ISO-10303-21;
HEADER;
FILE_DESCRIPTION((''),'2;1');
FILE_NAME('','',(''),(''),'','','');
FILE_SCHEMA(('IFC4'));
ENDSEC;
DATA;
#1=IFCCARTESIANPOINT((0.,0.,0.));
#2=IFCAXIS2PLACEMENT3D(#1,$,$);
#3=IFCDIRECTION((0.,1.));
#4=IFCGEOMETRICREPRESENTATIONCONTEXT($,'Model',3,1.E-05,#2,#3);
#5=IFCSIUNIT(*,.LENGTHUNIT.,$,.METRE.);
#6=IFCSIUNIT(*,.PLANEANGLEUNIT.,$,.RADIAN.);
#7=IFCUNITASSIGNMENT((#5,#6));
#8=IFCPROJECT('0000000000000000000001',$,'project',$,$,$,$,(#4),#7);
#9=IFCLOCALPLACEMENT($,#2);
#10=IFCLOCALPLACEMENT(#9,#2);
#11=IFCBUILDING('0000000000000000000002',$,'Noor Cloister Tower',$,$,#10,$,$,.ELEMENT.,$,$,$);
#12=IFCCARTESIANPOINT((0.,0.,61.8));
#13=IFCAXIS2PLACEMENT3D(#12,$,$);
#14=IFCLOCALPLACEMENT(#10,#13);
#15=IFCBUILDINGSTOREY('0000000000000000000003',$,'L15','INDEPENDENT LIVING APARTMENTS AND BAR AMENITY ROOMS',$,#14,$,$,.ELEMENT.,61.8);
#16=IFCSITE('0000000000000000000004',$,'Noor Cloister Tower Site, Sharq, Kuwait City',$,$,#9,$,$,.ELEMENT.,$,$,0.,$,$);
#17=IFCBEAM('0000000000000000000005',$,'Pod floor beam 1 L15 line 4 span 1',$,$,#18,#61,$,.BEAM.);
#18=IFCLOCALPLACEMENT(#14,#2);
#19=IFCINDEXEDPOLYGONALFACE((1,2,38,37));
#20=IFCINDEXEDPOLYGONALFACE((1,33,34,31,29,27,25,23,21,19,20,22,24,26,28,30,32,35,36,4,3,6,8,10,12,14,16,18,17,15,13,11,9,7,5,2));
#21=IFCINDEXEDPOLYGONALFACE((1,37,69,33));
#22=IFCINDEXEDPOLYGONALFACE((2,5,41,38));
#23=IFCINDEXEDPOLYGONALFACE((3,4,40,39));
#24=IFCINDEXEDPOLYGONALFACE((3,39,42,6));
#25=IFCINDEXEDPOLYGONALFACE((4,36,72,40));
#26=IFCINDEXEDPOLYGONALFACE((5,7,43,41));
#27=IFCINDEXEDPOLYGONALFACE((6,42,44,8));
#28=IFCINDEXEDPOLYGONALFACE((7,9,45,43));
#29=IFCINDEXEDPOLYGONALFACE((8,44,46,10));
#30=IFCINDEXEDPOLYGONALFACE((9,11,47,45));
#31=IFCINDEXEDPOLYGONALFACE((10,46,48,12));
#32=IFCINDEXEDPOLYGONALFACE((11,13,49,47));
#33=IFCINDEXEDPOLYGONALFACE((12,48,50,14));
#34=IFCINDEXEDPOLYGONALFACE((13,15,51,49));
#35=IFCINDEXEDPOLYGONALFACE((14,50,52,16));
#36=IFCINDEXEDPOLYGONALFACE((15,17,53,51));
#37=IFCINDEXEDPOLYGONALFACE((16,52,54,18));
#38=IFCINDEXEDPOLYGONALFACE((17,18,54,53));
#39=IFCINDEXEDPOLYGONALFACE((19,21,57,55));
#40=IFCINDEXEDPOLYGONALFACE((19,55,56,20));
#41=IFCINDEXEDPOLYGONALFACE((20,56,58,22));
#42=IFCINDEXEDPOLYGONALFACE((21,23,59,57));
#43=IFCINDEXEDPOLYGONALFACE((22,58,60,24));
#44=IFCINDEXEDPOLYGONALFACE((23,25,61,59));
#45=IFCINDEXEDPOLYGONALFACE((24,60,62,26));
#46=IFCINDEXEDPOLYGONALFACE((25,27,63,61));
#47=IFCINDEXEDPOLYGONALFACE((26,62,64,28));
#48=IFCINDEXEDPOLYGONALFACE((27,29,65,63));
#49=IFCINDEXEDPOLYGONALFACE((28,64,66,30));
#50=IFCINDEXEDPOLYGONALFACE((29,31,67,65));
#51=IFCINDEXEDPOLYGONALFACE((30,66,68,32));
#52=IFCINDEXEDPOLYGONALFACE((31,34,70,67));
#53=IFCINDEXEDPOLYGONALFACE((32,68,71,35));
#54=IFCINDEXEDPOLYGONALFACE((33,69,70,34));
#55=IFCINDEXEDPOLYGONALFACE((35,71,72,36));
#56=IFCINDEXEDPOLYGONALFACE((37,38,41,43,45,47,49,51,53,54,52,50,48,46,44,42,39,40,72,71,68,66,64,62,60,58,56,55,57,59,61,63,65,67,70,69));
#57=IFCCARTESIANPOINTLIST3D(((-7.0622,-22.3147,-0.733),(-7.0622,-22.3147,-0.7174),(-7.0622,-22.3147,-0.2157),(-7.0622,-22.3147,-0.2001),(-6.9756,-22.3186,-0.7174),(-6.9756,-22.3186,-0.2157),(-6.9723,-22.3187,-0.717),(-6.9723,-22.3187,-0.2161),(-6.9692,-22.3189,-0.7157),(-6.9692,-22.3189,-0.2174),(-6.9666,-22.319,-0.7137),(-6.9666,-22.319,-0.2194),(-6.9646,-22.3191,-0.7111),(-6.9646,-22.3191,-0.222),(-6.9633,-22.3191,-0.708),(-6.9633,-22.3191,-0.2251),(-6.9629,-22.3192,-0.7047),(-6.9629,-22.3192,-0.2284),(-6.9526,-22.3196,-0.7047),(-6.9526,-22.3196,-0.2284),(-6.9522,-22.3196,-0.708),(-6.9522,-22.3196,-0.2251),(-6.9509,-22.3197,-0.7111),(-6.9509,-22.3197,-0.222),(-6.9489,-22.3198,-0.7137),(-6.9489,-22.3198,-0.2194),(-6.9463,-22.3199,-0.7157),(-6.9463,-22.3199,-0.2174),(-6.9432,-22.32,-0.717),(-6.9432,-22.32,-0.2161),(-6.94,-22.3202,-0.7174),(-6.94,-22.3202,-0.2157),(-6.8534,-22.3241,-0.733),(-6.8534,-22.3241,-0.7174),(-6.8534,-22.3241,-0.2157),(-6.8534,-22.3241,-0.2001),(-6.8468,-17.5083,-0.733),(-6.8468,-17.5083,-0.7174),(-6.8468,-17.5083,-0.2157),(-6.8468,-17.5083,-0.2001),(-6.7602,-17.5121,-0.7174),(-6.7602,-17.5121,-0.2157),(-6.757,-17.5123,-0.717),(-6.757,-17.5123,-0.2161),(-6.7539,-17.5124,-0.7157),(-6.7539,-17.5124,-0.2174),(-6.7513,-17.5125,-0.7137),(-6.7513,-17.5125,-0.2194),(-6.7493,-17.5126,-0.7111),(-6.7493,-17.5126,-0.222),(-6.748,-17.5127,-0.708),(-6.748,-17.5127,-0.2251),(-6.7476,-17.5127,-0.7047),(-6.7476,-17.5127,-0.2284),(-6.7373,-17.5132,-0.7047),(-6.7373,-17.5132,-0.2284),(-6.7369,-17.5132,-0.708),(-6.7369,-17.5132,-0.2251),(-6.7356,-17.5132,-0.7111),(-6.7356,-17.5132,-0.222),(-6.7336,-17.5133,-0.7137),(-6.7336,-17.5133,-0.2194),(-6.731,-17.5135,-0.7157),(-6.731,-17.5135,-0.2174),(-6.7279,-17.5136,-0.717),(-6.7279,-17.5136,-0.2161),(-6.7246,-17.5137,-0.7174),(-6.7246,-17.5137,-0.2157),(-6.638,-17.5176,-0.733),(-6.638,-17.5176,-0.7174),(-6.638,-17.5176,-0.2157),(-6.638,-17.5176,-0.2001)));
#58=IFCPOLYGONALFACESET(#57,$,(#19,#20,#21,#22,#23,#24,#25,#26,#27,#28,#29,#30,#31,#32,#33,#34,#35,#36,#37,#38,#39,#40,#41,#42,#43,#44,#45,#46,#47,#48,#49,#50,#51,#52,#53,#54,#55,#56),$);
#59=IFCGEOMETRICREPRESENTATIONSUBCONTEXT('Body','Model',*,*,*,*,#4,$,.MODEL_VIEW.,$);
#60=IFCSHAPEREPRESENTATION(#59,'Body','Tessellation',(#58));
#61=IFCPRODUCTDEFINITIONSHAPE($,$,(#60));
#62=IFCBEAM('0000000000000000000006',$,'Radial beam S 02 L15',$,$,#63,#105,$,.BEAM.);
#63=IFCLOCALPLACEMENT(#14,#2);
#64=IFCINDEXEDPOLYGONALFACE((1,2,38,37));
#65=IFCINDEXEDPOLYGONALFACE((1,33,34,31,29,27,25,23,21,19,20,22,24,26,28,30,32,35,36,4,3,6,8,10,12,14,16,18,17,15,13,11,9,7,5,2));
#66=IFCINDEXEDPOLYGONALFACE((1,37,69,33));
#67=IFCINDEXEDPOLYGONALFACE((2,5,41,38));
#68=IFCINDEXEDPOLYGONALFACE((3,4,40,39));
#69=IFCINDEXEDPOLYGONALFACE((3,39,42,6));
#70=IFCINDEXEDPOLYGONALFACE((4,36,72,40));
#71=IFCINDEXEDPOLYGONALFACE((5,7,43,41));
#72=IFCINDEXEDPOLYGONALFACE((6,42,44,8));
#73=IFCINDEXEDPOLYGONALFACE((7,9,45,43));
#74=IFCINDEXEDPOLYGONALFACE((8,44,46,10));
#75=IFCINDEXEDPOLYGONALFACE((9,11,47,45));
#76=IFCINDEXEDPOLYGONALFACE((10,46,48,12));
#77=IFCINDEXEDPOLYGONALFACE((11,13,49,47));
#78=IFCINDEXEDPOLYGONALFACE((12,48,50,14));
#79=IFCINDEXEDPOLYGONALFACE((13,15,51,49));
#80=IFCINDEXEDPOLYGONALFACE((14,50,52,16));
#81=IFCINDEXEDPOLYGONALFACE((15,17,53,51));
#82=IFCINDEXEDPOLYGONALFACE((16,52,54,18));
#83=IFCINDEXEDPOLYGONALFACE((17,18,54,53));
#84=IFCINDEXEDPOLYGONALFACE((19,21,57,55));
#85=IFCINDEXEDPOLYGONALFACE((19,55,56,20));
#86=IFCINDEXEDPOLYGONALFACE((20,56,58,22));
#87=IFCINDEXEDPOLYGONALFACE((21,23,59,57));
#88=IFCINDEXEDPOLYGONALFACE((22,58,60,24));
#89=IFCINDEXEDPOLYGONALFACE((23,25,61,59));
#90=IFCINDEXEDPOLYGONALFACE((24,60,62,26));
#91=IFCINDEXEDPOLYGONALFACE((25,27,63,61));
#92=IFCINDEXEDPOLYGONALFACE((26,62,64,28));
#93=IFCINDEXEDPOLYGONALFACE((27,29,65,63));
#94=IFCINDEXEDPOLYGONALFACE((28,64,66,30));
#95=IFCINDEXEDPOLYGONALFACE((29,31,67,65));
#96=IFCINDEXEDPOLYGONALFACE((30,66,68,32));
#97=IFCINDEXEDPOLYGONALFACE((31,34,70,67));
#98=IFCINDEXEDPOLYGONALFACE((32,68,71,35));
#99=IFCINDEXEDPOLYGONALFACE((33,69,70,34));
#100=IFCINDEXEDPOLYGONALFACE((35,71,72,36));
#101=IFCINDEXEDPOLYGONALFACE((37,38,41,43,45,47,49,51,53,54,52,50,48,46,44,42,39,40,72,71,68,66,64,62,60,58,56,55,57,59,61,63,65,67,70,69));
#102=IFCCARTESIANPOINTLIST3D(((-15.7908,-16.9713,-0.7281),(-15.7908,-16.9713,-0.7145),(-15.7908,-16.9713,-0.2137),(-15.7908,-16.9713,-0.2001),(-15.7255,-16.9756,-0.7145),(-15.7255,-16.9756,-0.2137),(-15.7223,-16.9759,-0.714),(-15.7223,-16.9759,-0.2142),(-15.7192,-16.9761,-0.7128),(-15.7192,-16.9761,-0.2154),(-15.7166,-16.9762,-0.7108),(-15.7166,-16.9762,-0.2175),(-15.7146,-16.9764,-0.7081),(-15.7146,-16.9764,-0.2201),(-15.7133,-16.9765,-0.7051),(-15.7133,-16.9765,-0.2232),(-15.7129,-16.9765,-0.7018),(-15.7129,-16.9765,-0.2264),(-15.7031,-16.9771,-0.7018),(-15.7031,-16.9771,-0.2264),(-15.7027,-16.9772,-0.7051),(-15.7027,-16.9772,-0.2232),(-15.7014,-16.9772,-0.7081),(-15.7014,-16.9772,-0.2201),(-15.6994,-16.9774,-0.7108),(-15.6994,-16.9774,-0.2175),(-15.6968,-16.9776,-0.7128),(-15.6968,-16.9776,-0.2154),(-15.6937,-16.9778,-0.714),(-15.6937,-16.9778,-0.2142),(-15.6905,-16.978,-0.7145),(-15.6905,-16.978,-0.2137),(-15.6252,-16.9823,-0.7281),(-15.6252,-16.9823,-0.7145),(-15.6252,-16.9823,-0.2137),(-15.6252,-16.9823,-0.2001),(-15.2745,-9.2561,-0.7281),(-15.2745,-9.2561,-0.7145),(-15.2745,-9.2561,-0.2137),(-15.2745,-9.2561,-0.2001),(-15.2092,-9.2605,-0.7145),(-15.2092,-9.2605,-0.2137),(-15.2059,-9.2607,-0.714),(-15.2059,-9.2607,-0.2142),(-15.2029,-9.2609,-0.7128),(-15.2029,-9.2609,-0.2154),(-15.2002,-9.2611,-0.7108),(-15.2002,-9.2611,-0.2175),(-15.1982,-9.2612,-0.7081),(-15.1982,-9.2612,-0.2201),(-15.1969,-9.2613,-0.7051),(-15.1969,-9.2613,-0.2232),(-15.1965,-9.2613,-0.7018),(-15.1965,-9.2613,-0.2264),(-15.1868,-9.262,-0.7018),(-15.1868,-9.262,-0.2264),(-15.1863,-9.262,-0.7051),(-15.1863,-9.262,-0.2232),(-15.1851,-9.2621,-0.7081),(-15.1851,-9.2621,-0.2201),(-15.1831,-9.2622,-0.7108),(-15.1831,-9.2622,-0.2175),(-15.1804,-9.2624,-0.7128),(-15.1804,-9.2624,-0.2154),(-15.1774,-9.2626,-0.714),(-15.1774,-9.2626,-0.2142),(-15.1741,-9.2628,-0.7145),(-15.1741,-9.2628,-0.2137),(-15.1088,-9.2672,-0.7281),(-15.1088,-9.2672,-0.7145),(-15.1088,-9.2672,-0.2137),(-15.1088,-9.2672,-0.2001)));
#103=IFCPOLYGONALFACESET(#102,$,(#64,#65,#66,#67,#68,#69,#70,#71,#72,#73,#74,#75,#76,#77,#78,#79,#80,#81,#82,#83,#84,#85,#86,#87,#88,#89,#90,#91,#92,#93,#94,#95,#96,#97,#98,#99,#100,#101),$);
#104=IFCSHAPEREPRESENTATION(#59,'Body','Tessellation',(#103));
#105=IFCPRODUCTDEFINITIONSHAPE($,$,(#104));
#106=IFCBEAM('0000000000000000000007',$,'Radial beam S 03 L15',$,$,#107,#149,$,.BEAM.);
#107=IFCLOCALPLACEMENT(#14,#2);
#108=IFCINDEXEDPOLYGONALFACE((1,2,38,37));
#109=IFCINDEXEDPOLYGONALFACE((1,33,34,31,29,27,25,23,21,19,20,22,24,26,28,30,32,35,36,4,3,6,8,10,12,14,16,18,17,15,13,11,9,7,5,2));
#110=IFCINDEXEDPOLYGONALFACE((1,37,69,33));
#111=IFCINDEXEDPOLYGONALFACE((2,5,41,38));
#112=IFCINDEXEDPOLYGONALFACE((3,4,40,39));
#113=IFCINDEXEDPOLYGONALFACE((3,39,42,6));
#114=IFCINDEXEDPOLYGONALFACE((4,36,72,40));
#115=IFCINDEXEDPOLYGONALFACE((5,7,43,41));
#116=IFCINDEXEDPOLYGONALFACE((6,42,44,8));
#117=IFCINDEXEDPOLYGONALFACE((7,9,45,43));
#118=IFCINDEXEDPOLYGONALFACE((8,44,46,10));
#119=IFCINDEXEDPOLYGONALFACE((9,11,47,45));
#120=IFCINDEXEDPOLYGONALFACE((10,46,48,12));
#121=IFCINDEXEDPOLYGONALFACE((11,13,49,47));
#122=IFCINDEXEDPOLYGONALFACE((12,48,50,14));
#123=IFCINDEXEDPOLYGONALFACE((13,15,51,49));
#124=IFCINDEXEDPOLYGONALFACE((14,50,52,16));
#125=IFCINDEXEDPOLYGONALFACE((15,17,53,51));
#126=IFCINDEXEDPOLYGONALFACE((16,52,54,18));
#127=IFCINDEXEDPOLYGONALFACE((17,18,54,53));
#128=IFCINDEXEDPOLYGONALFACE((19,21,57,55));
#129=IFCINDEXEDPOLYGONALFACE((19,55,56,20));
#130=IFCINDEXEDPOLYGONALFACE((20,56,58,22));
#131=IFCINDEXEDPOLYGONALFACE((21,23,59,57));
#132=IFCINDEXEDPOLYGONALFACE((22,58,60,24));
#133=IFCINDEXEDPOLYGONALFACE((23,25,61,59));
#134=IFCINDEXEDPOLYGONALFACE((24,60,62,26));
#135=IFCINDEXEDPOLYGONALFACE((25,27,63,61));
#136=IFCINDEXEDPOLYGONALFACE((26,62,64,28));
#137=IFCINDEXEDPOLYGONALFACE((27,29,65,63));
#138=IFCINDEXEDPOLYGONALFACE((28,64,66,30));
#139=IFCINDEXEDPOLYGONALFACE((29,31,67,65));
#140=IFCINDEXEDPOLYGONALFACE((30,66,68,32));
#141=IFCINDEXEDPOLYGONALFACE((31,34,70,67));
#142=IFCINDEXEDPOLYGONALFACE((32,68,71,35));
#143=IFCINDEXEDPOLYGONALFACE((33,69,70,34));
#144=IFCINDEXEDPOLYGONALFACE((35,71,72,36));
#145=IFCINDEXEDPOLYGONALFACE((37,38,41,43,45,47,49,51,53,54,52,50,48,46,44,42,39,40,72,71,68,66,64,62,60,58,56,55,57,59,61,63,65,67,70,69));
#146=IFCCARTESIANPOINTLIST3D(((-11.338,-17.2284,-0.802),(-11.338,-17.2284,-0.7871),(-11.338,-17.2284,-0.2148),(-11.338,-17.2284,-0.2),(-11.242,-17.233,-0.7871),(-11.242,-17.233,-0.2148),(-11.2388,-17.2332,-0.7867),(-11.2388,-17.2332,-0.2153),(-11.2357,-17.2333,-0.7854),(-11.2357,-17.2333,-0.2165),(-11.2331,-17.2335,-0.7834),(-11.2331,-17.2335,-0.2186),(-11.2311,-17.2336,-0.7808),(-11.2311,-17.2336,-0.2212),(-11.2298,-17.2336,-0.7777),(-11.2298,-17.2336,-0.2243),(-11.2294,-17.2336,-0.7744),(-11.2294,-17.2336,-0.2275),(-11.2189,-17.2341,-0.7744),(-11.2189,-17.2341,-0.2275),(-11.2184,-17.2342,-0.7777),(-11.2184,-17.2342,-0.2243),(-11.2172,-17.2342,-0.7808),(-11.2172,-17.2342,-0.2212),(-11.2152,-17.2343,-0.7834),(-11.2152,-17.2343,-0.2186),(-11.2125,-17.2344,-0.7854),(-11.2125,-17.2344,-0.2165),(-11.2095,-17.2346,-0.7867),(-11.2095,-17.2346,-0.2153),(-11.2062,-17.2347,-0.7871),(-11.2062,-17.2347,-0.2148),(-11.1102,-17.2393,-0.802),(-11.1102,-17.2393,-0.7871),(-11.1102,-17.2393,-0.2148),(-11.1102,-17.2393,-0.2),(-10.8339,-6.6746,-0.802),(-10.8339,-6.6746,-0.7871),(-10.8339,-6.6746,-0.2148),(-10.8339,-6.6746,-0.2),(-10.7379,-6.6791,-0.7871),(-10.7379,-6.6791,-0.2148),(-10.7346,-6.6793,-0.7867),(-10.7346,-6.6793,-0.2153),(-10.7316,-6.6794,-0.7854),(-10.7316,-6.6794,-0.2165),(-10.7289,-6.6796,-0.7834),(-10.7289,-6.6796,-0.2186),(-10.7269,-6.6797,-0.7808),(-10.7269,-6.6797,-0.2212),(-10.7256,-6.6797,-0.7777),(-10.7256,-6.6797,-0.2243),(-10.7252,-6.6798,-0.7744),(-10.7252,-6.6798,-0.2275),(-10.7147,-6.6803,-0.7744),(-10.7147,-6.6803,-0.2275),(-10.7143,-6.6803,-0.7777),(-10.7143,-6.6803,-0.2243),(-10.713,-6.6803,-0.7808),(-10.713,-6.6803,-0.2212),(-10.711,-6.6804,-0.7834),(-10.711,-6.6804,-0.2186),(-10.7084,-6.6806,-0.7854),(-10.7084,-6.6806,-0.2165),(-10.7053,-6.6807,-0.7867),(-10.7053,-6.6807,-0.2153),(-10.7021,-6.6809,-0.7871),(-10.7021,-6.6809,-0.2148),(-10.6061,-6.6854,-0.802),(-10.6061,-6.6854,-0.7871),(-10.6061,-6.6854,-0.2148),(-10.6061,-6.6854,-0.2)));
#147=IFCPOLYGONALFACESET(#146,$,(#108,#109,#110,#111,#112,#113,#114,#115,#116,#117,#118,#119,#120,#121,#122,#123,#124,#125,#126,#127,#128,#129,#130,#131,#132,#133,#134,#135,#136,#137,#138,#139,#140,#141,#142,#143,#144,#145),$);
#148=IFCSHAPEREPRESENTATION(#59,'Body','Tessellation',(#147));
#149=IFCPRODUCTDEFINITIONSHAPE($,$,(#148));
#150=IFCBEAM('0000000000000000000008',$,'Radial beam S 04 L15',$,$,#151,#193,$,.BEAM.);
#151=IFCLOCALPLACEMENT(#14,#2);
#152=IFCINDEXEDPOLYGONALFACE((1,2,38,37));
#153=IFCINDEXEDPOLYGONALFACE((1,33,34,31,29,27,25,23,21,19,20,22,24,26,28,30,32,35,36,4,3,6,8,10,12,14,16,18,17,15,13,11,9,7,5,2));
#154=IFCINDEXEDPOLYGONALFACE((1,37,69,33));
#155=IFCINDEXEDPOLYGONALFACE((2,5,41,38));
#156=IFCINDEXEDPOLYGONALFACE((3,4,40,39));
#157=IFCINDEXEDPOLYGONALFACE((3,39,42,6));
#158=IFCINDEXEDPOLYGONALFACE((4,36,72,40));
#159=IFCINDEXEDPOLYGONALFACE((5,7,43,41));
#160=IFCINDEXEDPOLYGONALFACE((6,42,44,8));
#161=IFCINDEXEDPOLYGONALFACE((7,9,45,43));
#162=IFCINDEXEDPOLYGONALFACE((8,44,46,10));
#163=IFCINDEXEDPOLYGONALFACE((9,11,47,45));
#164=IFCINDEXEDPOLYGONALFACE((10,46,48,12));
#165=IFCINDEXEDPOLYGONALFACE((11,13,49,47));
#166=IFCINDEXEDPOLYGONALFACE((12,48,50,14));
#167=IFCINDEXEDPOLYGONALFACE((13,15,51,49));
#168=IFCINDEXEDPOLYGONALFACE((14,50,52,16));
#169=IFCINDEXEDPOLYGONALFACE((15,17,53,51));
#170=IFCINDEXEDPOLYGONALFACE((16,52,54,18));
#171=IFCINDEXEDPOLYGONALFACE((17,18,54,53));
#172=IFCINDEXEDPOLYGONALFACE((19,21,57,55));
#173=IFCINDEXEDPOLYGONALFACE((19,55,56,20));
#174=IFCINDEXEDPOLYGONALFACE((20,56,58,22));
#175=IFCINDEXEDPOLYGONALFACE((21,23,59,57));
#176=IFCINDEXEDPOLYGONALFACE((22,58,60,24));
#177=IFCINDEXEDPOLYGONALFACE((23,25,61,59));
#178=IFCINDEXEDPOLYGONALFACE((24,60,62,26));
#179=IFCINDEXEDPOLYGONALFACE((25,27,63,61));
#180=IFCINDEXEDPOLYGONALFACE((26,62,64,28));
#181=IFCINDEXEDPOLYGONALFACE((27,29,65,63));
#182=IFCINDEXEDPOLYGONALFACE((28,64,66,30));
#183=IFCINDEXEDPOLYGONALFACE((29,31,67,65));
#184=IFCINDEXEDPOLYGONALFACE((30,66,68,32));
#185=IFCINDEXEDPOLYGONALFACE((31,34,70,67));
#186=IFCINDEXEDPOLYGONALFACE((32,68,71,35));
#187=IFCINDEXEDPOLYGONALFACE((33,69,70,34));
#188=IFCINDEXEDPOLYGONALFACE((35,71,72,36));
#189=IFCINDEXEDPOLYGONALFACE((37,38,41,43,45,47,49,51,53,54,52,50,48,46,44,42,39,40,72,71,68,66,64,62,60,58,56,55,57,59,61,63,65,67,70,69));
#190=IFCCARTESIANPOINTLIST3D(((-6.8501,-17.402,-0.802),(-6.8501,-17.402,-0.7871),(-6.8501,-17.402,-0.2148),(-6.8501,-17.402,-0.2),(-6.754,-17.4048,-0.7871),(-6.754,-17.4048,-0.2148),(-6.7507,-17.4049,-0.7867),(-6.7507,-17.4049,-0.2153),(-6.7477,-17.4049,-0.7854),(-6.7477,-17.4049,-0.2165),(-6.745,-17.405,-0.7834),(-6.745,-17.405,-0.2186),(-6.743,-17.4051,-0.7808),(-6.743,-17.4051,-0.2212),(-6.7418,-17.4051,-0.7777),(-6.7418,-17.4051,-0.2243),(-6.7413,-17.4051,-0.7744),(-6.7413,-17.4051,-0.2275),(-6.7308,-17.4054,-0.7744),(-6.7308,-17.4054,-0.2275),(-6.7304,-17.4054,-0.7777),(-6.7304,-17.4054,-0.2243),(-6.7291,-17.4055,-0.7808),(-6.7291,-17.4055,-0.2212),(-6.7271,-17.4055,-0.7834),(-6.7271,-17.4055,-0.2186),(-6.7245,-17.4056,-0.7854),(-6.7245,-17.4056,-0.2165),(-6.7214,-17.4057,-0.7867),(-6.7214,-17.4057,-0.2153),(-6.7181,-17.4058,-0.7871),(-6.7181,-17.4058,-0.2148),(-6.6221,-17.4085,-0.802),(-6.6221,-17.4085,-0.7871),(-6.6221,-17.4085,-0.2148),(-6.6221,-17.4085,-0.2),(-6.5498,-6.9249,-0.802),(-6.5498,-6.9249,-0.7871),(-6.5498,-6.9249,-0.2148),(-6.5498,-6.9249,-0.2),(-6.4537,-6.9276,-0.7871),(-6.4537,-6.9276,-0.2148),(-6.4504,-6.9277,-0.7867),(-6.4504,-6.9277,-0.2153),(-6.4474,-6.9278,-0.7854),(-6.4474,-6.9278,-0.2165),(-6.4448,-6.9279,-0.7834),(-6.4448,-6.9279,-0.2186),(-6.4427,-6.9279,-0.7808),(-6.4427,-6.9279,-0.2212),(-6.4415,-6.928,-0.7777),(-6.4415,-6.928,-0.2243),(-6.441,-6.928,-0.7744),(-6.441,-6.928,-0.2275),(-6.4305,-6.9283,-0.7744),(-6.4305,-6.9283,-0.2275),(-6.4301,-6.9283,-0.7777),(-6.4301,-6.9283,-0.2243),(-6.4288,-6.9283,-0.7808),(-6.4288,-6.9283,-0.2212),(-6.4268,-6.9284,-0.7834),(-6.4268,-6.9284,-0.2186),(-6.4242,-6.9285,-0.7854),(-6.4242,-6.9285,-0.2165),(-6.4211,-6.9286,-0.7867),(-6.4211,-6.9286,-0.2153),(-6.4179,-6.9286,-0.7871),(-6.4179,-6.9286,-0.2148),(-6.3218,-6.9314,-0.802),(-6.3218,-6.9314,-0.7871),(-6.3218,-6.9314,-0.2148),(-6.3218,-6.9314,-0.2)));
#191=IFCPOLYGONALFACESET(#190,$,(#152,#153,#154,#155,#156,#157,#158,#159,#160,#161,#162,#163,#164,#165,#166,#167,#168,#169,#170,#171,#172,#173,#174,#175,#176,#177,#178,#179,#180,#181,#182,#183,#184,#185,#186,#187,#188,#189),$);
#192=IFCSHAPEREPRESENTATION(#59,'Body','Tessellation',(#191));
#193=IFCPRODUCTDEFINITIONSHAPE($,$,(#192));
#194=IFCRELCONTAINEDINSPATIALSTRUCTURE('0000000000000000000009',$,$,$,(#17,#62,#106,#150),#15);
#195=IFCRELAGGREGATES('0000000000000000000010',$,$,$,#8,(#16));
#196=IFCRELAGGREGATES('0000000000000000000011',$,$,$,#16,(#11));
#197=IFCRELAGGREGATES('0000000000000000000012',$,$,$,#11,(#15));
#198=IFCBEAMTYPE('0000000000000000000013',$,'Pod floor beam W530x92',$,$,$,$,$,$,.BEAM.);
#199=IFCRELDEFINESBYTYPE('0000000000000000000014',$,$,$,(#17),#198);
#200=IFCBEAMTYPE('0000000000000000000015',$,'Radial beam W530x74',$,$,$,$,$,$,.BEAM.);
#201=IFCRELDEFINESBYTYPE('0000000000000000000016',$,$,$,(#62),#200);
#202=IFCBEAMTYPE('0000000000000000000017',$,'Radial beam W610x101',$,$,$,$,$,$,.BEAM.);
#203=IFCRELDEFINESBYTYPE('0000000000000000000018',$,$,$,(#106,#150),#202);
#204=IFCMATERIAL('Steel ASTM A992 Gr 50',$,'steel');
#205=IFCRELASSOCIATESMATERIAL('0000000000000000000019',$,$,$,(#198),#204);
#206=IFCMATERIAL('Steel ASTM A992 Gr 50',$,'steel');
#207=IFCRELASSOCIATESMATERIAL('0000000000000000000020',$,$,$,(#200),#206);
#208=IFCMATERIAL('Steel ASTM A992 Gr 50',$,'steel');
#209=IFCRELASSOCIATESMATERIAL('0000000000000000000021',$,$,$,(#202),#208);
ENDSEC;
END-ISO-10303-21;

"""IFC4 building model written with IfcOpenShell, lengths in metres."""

from ifc_helpers import new_model, si_unit, direction, frame, origin, origin_2d, place, context, subcontext, project, spatial, i_section, extrude, material, material_profile, profile_set, type_object, element, save


model = new_model("IFC4")

# Units and contexts
model_context = context("Model", 3, precision=1e-05, world=origin(), true_north=direction((0.0, 1.0)))
body_context = subcontext(model_context, "Body", "Model", "MODEL_VIEW")
ifc_project = project(units=[si_unit("LENGTHUNIT", "METRE"), si_unit("PLANEANGLEUNIT", "RADIAN")], contexts=[model_context])

# Site, building, storey
site_placement = place(None, origin())
site = spatial("IfcSite", under=ifc_project, at=site_placement, Name="Noor Cloister Tower Site, Sharq, Kuwait City", CompositionType="ELEMENT", RefElevation=0.0)
building_placement = place(site_placement, origin())
building = spatial("IfcBuilding", under=site, at=building_placement, Name="Noor Cloister Tower", CompositionType="ELEMENT")
storey_placement = place(building_placement, frame((0.0, 0.0, 61.8)))
storey = spatial("IfcBuildingStorey", under=building, at=storey_placement, Name="L15", Description="INDEPENDENT LIVING APARTMENTS AND BAR AMENITY ROOMS", CompositionType="ELEMENT", Elevation=61.8)

# Beams
ifc_material_1 = material(Name="Steel ASTM A992 Gr 50", Category="steel")
ifc_material_profile_1 = material_profile(ifc_material_1, i_section(OverallWidth=0.209, OverallDepth=0.533, WebThickness=0.0103, FlangeThickness=0.0156, FilletRadius=0.0127, at=origin_2d()), Name="W530x92")
ifc_profile_set_1 = profile_set([ifc_material_profile_1], Name="Steel ASTM A992 Gr 50")
beam_type_1 = type_object("IfcBeamType", Name="Pod floor beam W530x92", PredefinedType="BEAM", material=ifc_profile_set_1)
beam_1_placement = place(storey_placement, frame((-6.7424, -17.5129, -0.4666), z_axis=(-0.044756, -0.998998, 0.0), x_axis=(0.998998, -0.044756, 0.0)))
element("IfcBeam", 1, at=beam_1_placement, inside=storey, type_object=beam_type_1, Name="Pod floor beam 1 L15 line 4 span 1", PredefinedType="BEAM", context=body_context, shape_type="SweptSolid", body=[
    extrude(i_section(OverallWidth=0.209, OverallDepth=0.533, WebThickness=0.0103, FlangeThickness=0.0156, FilletRadius=0.0127, at=origin_2d()), origin(), (0.0, 0.0, 1.0), 4.8113),
])
ifc_material_2 = material(Name="Steel ASTM A992 Gr 50", Category="steel")
ifc_material_profile_2 = material_profile(ifc_material_2, i_section(OverallWidth=0.166, OverallDepth=0.5281, WebThickness=0.0098, FlangeThickness=0.0137, FilletRadius=0.0127, at=origin_2d()), Name="W530x74")
ifc_profile_set_2 = profile_set([ifc_material_profile_2], Name="Steel ASTM A992 Gr 50")
beam_type_2 = type_object("IfcBeamType", Name="Radial beam W530x74", PredefinedType="BEAM", material=ifc_profile_set_2)
beam_2_placement = place(storey_placement, frame((-15.708, -16.9768, -0.4641), z_axis=(0.066779, 0.997768, 0.0), x_axis=(-0.997768, 0.066779, 0.0)))
element("IfcBeam", 2, at=beam_2_placement, inside=storey, type_object=beam_type_2, Name="Radial beam S 02 L15", PredefinedType="BEAM", context=body_context, shape_type="SweptSolid", body=[
    extrude(i_section(OverallWidth=0.166, OverallDepth=0.5281, WebThickness=0.0098, FlangeThickness=0.0137, FilletRadius=0.0127, at=origin_2d()), origin(), (0.0, 0.0, 1.0), 7.7324),
])
ifc_material_3 = material(Name="Steel ASTM A992 Gr 50", Category="steel")
ifc_material_profile_3 = material_profile(ifc_material_3, i_section(OverallWidth=0.228, OverallDepth=0.6021, WebThickness=0.0105, FlangeThickness=0.0149, FilletRadius=0.0127, at=origin_2d()), Name="W610x101")
ifc_profile_set_3 = profile_set([ifc_material_profile_3], Name="Steel ASTM A992 Gr 50")
beam_type_3 = type_object("IfcBeamType", Name="Radial beam W610x101", PredefinedType="BEAM", material=ifc_profile_set_3)
beam_3_placement = place(storey_placement, frame((-11.2241, -17.2339, -0.501), z_axis=(0.047714, 0.998861, 0.0), x_axis=(-0.998861, 0.047714, 0.0)))
element("IfcBeam", 3, at=beam_3_placement, inside=storey, type_object=beam_type_3, Name="Radial beam S 03 L15", PredefinedType="BEAM", context=body_context, shape_type="SweptSolid", body=[
    extrude(i_section(OverallWidth=0.228, OverallDepth=0.6021, WebThickness=0.0105, FlangeThickness=0.0149, FilletRadius=0.0127, at=origin_2d()), origin(), (0.0, 0.0, 1.0), 10.5659),
])
beam_4_placement = place(storey_placement, frame((-6.7361, -17.4053, -0.501), z_axis=(0.02865, 0.999589, 0.0), x_axis=(-0.999589, 0.02865, 0.0)))
element("IfcBeam", 4, at=beam_4_placement, inside=storey, type_object=beam_type_3, Name="Radial beam S 04 L15", PredefinedType="BEAM", context=body_context, shape_type="SweptSolid", body=[
    extrude(i_section(OverallWidth=0.228, OverallDepth=0.6021, WebThickness=0.0105, FlangeThickness=0.0149, FilletRadius=0.0127, at=origin_2d()), origin(), (0.0, 0.0, 1.0), 10.4814),
])

save(model, "model.ifc")
